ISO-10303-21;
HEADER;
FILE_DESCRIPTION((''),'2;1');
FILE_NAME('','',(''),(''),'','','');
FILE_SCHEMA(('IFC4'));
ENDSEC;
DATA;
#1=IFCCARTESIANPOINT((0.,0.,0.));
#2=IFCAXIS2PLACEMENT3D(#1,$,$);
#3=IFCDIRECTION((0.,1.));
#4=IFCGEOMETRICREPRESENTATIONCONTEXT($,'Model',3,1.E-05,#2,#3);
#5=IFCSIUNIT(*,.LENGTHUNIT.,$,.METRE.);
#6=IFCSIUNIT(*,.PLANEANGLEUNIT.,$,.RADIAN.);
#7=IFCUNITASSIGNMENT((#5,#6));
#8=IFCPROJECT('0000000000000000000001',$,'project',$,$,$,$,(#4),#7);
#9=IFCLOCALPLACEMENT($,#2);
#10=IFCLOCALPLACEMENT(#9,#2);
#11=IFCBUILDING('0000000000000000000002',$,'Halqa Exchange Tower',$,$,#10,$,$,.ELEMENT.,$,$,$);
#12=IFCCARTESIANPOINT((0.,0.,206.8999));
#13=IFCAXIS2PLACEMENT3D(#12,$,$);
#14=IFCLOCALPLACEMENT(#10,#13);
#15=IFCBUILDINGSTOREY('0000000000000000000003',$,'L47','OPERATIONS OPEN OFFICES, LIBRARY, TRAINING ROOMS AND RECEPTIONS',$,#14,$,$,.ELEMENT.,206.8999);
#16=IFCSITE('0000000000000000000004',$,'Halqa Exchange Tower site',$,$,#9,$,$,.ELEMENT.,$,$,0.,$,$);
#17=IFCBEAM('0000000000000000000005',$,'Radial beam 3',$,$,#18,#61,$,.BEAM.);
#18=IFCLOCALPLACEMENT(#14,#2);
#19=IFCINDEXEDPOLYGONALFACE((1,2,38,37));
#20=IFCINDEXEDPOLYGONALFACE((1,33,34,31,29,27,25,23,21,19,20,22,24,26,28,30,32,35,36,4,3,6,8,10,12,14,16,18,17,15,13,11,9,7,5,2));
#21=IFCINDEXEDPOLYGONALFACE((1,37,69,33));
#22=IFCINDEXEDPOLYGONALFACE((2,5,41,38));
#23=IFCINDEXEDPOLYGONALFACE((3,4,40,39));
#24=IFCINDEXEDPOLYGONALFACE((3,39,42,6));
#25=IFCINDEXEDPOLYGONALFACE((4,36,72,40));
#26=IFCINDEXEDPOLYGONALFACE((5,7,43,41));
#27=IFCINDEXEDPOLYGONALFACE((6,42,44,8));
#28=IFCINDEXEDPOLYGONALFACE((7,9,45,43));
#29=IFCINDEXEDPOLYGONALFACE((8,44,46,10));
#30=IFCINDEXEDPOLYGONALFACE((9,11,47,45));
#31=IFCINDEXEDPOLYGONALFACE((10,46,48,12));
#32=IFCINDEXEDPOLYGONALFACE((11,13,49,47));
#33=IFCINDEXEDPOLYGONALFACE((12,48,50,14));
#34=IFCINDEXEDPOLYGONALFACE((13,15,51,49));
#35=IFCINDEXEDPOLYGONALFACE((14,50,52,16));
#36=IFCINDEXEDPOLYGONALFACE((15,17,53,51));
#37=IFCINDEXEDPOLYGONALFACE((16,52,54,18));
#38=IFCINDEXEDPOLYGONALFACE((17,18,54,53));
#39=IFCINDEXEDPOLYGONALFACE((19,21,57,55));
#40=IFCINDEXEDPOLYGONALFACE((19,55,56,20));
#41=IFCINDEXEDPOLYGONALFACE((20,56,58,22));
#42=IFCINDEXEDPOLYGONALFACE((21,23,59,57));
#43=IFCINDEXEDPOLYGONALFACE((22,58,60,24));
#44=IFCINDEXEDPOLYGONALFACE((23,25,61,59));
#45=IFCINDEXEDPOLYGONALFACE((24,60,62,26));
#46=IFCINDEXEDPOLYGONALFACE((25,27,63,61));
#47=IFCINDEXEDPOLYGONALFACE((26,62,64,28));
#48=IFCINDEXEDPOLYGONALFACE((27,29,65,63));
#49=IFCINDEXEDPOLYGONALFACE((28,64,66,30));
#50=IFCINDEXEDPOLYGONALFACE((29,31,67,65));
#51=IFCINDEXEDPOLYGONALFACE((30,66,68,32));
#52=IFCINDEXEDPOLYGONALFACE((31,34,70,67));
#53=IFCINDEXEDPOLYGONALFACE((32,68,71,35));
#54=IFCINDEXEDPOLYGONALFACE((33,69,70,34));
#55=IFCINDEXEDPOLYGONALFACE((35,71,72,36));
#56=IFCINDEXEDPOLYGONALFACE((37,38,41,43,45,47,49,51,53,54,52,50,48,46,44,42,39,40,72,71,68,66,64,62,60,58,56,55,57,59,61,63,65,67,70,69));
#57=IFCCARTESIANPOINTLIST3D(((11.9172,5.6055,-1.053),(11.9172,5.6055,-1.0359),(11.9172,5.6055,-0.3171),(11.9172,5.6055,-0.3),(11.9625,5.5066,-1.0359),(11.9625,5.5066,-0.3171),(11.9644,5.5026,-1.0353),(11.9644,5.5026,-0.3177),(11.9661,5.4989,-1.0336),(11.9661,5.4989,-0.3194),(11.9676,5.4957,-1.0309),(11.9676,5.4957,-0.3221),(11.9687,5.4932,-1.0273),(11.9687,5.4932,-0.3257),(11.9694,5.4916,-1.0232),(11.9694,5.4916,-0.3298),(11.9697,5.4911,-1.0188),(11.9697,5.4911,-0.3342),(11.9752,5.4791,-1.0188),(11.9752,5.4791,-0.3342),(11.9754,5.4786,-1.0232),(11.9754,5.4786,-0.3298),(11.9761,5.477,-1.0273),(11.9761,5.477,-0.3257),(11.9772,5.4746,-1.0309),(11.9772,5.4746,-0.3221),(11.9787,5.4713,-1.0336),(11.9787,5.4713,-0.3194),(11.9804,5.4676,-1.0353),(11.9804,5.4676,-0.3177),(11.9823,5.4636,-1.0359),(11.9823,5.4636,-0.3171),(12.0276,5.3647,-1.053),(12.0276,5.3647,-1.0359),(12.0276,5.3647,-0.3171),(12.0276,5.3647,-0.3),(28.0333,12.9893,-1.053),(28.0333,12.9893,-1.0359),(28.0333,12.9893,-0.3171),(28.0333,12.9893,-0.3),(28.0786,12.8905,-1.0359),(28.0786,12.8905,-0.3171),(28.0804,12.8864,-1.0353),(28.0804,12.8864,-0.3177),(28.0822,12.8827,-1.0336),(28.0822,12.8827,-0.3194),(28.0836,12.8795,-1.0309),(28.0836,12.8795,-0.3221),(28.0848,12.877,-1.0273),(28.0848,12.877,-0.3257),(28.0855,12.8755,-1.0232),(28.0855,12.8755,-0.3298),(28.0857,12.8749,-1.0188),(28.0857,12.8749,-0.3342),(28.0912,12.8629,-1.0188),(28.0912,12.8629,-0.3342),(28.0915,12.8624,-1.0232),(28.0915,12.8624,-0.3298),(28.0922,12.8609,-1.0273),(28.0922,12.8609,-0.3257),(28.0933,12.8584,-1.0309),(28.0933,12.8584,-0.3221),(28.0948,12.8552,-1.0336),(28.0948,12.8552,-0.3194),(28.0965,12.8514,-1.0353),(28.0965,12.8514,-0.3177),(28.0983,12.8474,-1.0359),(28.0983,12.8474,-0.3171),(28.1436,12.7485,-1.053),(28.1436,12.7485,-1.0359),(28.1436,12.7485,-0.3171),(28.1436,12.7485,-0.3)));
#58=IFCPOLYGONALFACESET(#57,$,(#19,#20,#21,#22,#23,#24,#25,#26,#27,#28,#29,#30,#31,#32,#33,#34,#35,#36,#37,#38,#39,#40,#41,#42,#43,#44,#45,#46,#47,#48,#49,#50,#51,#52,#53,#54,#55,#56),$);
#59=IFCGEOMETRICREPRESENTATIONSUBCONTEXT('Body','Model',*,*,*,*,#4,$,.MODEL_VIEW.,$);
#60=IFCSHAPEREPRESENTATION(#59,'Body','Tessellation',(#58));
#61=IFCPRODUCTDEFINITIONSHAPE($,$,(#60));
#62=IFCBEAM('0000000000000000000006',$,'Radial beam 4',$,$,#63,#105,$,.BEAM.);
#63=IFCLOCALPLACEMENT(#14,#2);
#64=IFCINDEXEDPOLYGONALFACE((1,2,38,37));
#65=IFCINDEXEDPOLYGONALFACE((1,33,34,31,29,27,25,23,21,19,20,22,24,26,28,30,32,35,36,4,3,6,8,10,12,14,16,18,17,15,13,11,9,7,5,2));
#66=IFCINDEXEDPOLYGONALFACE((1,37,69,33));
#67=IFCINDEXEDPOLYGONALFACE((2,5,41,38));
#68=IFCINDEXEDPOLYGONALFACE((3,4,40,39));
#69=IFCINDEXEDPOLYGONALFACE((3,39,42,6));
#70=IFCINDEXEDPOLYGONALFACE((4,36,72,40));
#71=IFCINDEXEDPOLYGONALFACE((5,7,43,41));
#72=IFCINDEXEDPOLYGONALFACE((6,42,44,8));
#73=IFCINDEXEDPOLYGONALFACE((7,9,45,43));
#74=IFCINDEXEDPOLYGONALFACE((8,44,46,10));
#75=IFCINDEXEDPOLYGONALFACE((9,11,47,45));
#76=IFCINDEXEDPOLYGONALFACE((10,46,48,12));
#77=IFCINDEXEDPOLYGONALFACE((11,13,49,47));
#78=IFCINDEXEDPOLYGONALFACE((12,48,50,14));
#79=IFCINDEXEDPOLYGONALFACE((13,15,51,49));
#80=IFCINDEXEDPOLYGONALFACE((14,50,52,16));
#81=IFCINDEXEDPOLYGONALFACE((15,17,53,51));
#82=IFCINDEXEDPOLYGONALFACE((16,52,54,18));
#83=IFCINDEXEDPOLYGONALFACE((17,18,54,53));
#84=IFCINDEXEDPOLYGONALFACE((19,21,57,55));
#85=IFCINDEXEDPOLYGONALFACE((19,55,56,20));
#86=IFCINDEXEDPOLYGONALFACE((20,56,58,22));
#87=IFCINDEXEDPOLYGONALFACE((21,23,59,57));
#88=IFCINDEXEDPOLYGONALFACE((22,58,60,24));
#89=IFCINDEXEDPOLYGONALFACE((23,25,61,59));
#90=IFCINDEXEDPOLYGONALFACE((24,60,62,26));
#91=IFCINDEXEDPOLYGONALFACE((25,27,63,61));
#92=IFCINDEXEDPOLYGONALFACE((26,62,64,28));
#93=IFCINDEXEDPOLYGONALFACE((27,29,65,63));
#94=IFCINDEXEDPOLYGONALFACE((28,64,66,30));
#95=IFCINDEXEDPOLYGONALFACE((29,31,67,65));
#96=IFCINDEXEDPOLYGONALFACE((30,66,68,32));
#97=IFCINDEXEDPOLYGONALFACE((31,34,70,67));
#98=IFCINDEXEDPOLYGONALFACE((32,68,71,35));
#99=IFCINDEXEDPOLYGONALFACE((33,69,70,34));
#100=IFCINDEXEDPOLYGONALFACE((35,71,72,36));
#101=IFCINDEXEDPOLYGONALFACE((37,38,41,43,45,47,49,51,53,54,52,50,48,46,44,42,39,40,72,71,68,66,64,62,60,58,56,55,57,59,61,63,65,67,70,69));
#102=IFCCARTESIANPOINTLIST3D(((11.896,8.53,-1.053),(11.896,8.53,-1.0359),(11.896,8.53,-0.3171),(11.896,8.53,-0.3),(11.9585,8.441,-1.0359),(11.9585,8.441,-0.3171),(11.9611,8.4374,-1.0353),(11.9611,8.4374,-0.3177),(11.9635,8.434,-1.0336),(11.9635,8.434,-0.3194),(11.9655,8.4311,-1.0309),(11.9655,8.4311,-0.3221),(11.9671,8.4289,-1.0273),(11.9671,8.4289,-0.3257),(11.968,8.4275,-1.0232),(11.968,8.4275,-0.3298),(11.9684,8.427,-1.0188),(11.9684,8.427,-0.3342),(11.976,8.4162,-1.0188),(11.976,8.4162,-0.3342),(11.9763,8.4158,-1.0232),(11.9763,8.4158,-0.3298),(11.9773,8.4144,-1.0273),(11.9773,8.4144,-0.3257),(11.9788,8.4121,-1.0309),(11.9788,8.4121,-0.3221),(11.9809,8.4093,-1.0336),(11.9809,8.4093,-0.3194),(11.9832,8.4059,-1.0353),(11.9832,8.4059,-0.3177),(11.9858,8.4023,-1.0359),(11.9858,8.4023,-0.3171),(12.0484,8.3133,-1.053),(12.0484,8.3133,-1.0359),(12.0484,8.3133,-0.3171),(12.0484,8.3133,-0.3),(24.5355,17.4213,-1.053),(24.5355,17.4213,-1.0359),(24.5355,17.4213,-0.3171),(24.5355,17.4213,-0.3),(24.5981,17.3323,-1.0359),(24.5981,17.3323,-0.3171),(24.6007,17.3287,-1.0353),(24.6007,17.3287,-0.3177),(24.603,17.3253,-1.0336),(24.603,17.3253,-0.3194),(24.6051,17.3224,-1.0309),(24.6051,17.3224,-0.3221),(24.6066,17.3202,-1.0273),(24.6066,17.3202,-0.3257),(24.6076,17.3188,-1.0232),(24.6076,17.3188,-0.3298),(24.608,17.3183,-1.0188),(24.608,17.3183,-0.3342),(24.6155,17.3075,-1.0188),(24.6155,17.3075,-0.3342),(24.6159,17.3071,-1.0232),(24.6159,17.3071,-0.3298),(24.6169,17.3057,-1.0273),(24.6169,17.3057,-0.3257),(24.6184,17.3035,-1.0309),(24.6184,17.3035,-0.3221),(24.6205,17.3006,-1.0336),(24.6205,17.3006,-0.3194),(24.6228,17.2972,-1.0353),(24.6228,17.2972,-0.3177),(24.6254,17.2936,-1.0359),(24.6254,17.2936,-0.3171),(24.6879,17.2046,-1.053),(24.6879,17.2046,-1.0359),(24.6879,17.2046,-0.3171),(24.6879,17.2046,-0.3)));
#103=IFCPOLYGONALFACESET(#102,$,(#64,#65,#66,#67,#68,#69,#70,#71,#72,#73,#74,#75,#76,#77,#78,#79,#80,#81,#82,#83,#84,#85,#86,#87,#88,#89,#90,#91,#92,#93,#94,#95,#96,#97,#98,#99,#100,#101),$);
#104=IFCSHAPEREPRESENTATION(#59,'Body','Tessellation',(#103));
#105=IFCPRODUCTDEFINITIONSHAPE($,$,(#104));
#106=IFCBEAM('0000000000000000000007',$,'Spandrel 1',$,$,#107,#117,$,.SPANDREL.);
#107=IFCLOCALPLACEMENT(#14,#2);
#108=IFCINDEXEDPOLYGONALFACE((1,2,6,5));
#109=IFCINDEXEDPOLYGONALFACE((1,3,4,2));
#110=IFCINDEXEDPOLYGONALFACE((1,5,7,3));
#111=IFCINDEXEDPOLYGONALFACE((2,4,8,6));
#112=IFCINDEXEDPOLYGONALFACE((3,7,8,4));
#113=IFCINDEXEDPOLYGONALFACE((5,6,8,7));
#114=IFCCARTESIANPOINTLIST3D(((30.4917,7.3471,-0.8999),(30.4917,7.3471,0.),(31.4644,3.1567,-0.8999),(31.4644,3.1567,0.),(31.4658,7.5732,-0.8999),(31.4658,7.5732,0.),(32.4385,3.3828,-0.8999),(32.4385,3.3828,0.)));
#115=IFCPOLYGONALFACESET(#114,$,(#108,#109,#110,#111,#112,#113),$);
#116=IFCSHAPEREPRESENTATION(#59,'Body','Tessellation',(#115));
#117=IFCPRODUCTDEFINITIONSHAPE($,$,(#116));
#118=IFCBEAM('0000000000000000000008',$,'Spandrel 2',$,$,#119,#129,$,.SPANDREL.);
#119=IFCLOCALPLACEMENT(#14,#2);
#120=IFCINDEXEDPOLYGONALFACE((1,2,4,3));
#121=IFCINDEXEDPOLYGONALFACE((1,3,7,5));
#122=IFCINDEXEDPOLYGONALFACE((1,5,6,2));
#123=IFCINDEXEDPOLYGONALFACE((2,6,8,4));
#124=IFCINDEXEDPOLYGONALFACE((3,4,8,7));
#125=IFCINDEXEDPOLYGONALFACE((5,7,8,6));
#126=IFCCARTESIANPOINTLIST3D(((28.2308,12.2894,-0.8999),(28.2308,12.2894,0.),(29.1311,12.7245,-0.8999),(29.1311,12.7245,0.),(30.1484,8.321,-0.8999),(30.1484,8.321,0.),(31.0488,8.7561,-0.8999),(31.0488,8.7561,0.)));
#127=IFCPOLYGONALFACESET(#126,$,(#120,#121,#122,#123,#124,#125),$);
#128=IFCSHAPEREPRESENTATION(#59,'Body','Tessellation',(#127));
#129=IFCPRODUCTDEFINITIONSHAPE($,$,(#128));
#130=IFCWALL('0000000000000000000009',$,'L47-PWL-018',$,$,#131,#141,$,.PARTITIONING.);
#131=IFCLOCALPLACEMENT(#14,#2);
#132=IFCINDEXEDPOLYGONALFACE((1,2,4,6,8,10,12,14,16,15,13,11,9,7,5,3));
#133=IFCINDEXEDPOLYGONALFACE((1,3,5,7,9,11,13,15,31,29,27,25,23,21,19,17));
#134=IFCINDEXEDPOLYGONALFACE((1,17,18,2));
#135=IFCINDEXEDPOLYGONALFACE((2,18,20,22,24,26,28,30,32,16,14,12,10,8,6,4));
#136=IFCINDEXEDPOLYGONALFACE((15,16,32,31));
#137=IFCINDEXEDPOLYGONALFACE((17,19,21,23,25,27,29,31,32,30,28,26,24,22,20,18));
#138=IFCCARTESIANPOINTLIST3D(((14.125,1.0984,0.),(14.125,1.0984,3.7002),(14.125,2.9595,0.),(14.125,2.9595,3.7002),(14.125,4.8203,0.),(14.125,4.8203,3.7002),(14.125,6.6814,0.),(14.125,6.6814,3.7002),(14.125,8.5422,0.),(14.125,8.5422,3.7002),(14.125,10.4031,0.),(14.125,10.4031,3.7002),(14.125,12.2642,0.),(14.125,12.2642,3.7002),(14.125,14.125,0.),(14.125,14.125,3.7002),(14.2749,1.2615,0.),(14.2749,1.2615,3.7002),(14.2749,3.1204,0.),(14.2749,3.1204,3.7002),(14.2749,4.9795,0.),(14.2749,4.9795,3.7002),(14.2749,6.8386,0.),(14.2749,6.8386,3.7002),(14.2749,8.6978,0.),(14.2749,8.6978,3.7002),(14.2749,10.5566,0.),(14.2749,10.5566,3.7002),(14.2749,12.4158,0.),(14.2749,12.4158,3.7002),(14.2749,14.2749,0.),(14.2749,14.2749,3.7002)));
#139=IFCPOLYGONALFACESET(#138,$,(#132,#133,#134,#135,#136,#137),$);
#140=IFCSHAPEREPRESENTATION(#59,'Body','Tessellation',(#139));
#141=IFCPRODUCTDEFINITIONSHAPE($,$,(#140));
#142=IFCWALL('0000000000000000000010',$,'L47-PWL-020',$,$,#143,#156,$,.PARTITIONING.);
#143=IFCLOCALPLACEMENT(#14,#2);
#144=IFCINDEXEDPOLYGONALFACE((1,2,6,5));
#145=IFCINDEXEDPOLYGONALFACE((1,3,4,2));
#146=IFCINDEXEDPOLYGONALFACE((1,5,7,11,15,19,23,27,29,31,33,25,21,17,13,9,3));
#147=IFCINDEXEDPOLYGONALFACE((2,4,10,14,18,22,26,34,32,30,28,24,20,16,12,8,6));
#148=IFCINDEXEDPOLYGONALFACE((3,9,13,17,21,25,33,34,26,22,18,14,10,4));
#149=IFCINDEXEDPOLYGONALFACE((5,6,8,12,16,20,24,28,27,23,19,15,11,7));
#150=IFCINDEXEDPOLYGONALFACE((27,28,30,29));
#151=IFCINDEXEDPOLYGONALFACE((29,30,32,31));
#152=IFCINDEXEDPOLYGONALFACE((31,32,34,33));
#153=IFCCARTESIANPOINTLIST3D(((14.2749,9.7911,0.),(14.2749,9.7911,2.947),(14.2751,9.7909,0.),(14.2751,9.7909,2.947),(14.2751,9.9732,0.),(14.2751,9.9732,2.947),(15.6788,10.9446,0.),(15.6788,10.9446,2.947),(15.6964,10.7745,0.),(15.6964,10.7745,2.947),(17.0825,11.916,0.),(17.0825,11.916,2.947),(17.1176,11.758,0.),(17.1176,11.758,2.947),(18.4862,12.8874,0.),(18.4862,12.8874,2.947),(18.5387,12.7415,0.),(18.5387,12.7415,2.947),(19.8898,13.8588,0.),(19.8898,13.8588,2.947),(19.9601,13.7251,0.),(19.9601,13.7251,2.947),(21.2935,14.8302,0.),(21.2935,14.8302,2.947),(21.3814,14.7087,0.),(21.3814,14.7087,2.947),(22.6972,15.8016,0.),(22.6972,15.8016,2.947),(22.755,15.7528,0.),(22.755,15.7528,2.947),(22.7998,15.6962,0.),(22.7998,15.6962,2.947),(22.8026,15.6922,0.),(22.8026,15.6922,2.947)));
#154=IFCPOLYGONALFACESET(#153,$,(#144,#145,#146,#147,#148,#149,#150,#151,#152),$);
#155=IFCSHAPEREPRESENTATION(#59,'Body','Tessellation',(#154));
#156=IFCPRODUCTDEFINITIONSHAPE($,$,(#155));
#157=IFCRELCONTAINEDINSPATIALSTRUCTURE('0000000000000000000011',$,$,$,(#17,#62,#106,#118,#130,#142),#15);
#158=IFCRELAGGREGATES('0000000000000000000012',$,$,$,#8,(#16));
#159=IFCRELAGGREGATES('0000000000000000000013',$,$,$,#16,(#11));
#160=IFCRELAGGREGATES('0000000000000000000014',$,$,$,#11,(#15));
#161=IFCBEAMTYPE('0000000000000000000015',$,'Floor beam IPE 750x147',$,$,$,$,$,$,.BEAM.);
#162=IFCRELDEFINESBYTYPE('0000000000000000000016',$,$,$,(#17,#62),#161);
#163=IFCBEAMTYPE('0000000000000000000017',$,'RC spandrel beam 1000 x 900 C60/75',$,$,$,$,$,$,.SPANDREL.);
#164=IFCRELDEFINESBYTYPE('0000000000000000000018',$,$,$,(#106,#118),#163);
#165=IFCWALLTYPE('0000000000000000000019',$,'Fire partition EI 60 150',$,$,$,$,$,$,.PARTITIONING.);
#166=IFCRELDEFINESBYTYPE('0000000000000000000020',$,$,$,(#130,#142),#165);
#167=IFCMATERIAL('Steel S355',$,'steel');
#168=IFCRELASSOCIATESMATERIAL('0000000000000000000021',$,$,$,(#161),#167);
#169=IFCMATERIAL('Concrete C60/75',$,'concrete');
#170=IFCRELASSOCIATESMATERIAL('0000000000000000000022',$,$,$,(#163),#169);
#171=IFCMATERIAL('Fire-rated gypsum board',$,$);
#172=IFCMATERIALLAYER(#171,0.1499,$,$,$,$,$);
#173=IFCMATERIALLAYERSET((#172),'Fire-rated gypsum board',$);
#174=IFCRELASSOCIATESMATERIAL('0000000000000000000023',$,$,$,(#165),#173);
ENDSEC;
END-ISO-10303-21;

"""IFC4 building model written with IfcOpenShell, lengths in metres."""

from ifc_helpers import new_model, si_unit, direction, frame, origin, origin_2d, place, context, subcontext, project, spatial, polyline, rectangle, i_section, outline, extrude, material, layer, layer_set, material_profile, profile_set, type_object, element, save


model = new_model("IFC4")

# Units and contexts
model_context = context("Model", 3, precision=1e-05, world=origin(), true_north=direction((0.0, 1.0)))
body_context = subcontext(model_context, "Body", "Model", "MODEL_VIEW")
ifc_project = project(units=[si_unit("LENGTHUNIT", "METRE"), si_unit("PLANEANGLEUNIT", "RADIAN")], contexts=[model_context])

# Site, building, storey
site_placement = place(None, origin())
site = spatial("IfcSite", under=ifc_project, at=site_placement, Name="Halqa Exchange Tower site", CompositionType="ELEMENT", RefElevation=0.0)
building_placement = place(site_placement, origin())
building = spatial("IfcBuilding", under=site, at=building_placement, Name="Halqa Exchange Tower", CompositionType="ELEMENT")
storey_placement = place(building_placement, frame((0.0, 0.0, 206.8999)))
storey = spatial("IfcBuildingStorey", under=building, at=storey_placement, Name="L47", Description="OPERATIONS OPEN OFFICES, LIBRARY, TRAINING ROOMS AND RECEPTIONS", CompositionType="ELEMENT", Elevation=206.8999)

# Shared definitions
ifc_material_1 = material(Name="Concrete C60/75", Category="concrete")

# Beams
ifc_material_2 = material(Name="Steel S355", Category="steel")
ifc_material_profile_1 = material_profile(ifc_material_2, i_section(OverallWidth=0.2649, OverallDepth=0.7529, WebThickness=0.0132, FlangeThickness=0.0171, FilletRadius=0.0171, at=origin_2d()), Name="IPE 750x147")
ifc_profile_set_1 = profile_set([ifc_material_profile_1], Name="Steel S355")
beam_type_1 = type_object("IfcBeamType", Name="Floor beam IPE 750x147", PredefinedType="BEAM", material=ifc_profile_set_1)
beam_1_placement = place(storey_placement, frame((11.9724, 5.4851, -0.6765), z_axis=(0.909122, 0.416529, 0.0), x_axis=(-0.416529, 0.909122, 0.0)))
element("IfcBeam", 1, at=beam_1_placement, inside=storey, type_object=beam_type_1, Name="Radial beam 3", PredefinedType="BEAM", context=body_context, shape_type="SweptSolid", body=[
    extrude(i_section(OverallWidth=0.2649, OverallDepth=0.7529, WebThickness=0.0132, FlangeThickness=0.0171, FilletRadius=0.0171, at=origin_2d()), origin(), (0.0, 0.0, 1.0), 17.7271),
])
beam_2_placement = place(storey_placement, frame((11.9722, 8.4216, -0.6765), z_axis=(0.817904, 0.575354, 0.0), x_axis=(-0.575354, 0.817904, 0.0)))
element("IfcBeam", 2, at=beam_2_placement, inside=storey, type_object=beam_type_1, Name="Radial beam 4", PredefinedType="BEAM", context=body_context, shape_type="SweptSolid", body=[
    extrude(i_section(OverallWidth=0.2649, OverallDepth=0.7529, WebThickness=0.0132, FlangeThickness=0.0171, FilletRadius=0.0171, at=origin_2d()), origin(), (0.0, 0.0, 1.0), 15.4536),
])
ifc_material_profile_2 = material_profile(ifc_material_1, rectangle(XDim=1.0, YDim=0.8999, at=origin_2d()), Name="1000 x 900")
ifc_profile_set_2 = profile_set([ifc_material_profile_2], Name="Concrete C60/75")
beam_type_2 = type_object("IfcBeamType", Name="RC spandrel beam 1000 x 900 C60/75", PredefinedType="SPANDREL", material=ifc_profile_set_2)
beam_3_placement = place(storey_placement, frame((31.9514, 3.2698, -0.45), z_axis=(-0.226103, 0.974103, 0.0), x_axis=(-0.974103, -0.226103, 0.0)))
element("IfcBeam", 3, at=beam_3_placement, inside=storey, type_object=beam_type_2, Name="Spandrel 1", PredefinedType="SPANDREL", context=body_context, shape_type="SweptSolid", body=[
    extrude(rectangle(XDim=1.0, YDim=0.8999, at=origin_2d()), origin(), (0.0, 0.0, 1.0), 4.3018),
])
beam_4_placement = place(storey_placement, frame((30.5986, 8.5386, -0.45), z_axis=(-0.435098, 0.900383, 0.0), x_axis=(-0.900383, -0.435098, 0.0)))
element("IfcBeam", 4, at=beam_4_placement, inside=storey, type_object=beam_type_2, Name="Spandrel 2", PredefinedType="SPANDREL", context=body_context, shape_type="SweptSolid", body=[
    extrude(rectangle(XDim=1.0, YDim=0.8999, at=origin_2d()), origin(), (0.0, 0.0, 1.0), 4.4075),
])

# Wall
ifc_material_3 = material(Name="Fire-rated gypsum board")
ifc_layer_1 = layer(ifc_material_3, 0.1499)
ifc_layer_set_1 = layer_set([ifc_layer_1], Name="Fire-rated gypsum board")
wall_type_1 = type_object("IfcWallType", Name="Fire partition EI 60 150", PredefinedType="PARTITIONING", material=ifc_layer_set_1)
wall_1_placement = place(storey_placement, frame((14.2, 1.0984, 0.0), z_axis=(0.0, 0.0, 1.0), x_axis=(0.0, 1.0, 0.0)))
element("IfcWall", 5, at=wall_1_placement, inside=storey, type_object=wall_type_1, Name="L47-PWL-018", PredefinedType="PARTITIONING", context=body_context, shape_type="SweptSolid", body=[
    extrude(outline(polyline([(0.1631, -0.075), (2.022, -0.075), (3.8811, -0.075), (5.7402, -0.075), (7.5994, -0.075), (9.4583, -0.075), (11.3174, -0.075), (13.1765, -0.075), (13.0266, 0.075), (11.1658, 0.075), (9.3047, 0.075), (7.4438, 0.075), (5.583, 0.075), (3.7219, 0.075), (1.8611, 0.075), (0.0, 0.075), (0.1631, -0.075)])), origin(), (0.0, 0.0, 1.0), 3.7002),
])

# Wall
wall_2_placement = place(storey_placement, frame((14.2324, 9.8525, 0.0), z_axis=(0.0, 0.0, 1.0), x_axis=(0.822298, 0.569057, 0.0)))
element("IfcWall", 6, at=wall_2_placement, inside=storey, type_object=wall_type_1, Name="L47-PWL-020", PredefinedType="PARTITIONING", context=body_context, shape_type="SweptSolid", body=[
    extrude(outline(polyline([(10.3704, -0.075), (10.3704, -0.0701), (10.3657, 0.002), (10.3459, 0.075), (8.6389, 0.075), (6.9319, 0.075), (5.2249, 0.075), (3.5178, 0.075), (1.8108, 0.075), (0.1038, 0.075), (0.0, -0.0747), (0.0, -0.075), (1.7285, -0.075), (3.4568, -0.075), (5.1851, -0.075), (6.9136, -0.075), (8.6421, -0.075), (10.3704, -0.075)])), origin(), (0.0, 0.0, 1.0), 2.947),
])

save(model, "model.ifc")
